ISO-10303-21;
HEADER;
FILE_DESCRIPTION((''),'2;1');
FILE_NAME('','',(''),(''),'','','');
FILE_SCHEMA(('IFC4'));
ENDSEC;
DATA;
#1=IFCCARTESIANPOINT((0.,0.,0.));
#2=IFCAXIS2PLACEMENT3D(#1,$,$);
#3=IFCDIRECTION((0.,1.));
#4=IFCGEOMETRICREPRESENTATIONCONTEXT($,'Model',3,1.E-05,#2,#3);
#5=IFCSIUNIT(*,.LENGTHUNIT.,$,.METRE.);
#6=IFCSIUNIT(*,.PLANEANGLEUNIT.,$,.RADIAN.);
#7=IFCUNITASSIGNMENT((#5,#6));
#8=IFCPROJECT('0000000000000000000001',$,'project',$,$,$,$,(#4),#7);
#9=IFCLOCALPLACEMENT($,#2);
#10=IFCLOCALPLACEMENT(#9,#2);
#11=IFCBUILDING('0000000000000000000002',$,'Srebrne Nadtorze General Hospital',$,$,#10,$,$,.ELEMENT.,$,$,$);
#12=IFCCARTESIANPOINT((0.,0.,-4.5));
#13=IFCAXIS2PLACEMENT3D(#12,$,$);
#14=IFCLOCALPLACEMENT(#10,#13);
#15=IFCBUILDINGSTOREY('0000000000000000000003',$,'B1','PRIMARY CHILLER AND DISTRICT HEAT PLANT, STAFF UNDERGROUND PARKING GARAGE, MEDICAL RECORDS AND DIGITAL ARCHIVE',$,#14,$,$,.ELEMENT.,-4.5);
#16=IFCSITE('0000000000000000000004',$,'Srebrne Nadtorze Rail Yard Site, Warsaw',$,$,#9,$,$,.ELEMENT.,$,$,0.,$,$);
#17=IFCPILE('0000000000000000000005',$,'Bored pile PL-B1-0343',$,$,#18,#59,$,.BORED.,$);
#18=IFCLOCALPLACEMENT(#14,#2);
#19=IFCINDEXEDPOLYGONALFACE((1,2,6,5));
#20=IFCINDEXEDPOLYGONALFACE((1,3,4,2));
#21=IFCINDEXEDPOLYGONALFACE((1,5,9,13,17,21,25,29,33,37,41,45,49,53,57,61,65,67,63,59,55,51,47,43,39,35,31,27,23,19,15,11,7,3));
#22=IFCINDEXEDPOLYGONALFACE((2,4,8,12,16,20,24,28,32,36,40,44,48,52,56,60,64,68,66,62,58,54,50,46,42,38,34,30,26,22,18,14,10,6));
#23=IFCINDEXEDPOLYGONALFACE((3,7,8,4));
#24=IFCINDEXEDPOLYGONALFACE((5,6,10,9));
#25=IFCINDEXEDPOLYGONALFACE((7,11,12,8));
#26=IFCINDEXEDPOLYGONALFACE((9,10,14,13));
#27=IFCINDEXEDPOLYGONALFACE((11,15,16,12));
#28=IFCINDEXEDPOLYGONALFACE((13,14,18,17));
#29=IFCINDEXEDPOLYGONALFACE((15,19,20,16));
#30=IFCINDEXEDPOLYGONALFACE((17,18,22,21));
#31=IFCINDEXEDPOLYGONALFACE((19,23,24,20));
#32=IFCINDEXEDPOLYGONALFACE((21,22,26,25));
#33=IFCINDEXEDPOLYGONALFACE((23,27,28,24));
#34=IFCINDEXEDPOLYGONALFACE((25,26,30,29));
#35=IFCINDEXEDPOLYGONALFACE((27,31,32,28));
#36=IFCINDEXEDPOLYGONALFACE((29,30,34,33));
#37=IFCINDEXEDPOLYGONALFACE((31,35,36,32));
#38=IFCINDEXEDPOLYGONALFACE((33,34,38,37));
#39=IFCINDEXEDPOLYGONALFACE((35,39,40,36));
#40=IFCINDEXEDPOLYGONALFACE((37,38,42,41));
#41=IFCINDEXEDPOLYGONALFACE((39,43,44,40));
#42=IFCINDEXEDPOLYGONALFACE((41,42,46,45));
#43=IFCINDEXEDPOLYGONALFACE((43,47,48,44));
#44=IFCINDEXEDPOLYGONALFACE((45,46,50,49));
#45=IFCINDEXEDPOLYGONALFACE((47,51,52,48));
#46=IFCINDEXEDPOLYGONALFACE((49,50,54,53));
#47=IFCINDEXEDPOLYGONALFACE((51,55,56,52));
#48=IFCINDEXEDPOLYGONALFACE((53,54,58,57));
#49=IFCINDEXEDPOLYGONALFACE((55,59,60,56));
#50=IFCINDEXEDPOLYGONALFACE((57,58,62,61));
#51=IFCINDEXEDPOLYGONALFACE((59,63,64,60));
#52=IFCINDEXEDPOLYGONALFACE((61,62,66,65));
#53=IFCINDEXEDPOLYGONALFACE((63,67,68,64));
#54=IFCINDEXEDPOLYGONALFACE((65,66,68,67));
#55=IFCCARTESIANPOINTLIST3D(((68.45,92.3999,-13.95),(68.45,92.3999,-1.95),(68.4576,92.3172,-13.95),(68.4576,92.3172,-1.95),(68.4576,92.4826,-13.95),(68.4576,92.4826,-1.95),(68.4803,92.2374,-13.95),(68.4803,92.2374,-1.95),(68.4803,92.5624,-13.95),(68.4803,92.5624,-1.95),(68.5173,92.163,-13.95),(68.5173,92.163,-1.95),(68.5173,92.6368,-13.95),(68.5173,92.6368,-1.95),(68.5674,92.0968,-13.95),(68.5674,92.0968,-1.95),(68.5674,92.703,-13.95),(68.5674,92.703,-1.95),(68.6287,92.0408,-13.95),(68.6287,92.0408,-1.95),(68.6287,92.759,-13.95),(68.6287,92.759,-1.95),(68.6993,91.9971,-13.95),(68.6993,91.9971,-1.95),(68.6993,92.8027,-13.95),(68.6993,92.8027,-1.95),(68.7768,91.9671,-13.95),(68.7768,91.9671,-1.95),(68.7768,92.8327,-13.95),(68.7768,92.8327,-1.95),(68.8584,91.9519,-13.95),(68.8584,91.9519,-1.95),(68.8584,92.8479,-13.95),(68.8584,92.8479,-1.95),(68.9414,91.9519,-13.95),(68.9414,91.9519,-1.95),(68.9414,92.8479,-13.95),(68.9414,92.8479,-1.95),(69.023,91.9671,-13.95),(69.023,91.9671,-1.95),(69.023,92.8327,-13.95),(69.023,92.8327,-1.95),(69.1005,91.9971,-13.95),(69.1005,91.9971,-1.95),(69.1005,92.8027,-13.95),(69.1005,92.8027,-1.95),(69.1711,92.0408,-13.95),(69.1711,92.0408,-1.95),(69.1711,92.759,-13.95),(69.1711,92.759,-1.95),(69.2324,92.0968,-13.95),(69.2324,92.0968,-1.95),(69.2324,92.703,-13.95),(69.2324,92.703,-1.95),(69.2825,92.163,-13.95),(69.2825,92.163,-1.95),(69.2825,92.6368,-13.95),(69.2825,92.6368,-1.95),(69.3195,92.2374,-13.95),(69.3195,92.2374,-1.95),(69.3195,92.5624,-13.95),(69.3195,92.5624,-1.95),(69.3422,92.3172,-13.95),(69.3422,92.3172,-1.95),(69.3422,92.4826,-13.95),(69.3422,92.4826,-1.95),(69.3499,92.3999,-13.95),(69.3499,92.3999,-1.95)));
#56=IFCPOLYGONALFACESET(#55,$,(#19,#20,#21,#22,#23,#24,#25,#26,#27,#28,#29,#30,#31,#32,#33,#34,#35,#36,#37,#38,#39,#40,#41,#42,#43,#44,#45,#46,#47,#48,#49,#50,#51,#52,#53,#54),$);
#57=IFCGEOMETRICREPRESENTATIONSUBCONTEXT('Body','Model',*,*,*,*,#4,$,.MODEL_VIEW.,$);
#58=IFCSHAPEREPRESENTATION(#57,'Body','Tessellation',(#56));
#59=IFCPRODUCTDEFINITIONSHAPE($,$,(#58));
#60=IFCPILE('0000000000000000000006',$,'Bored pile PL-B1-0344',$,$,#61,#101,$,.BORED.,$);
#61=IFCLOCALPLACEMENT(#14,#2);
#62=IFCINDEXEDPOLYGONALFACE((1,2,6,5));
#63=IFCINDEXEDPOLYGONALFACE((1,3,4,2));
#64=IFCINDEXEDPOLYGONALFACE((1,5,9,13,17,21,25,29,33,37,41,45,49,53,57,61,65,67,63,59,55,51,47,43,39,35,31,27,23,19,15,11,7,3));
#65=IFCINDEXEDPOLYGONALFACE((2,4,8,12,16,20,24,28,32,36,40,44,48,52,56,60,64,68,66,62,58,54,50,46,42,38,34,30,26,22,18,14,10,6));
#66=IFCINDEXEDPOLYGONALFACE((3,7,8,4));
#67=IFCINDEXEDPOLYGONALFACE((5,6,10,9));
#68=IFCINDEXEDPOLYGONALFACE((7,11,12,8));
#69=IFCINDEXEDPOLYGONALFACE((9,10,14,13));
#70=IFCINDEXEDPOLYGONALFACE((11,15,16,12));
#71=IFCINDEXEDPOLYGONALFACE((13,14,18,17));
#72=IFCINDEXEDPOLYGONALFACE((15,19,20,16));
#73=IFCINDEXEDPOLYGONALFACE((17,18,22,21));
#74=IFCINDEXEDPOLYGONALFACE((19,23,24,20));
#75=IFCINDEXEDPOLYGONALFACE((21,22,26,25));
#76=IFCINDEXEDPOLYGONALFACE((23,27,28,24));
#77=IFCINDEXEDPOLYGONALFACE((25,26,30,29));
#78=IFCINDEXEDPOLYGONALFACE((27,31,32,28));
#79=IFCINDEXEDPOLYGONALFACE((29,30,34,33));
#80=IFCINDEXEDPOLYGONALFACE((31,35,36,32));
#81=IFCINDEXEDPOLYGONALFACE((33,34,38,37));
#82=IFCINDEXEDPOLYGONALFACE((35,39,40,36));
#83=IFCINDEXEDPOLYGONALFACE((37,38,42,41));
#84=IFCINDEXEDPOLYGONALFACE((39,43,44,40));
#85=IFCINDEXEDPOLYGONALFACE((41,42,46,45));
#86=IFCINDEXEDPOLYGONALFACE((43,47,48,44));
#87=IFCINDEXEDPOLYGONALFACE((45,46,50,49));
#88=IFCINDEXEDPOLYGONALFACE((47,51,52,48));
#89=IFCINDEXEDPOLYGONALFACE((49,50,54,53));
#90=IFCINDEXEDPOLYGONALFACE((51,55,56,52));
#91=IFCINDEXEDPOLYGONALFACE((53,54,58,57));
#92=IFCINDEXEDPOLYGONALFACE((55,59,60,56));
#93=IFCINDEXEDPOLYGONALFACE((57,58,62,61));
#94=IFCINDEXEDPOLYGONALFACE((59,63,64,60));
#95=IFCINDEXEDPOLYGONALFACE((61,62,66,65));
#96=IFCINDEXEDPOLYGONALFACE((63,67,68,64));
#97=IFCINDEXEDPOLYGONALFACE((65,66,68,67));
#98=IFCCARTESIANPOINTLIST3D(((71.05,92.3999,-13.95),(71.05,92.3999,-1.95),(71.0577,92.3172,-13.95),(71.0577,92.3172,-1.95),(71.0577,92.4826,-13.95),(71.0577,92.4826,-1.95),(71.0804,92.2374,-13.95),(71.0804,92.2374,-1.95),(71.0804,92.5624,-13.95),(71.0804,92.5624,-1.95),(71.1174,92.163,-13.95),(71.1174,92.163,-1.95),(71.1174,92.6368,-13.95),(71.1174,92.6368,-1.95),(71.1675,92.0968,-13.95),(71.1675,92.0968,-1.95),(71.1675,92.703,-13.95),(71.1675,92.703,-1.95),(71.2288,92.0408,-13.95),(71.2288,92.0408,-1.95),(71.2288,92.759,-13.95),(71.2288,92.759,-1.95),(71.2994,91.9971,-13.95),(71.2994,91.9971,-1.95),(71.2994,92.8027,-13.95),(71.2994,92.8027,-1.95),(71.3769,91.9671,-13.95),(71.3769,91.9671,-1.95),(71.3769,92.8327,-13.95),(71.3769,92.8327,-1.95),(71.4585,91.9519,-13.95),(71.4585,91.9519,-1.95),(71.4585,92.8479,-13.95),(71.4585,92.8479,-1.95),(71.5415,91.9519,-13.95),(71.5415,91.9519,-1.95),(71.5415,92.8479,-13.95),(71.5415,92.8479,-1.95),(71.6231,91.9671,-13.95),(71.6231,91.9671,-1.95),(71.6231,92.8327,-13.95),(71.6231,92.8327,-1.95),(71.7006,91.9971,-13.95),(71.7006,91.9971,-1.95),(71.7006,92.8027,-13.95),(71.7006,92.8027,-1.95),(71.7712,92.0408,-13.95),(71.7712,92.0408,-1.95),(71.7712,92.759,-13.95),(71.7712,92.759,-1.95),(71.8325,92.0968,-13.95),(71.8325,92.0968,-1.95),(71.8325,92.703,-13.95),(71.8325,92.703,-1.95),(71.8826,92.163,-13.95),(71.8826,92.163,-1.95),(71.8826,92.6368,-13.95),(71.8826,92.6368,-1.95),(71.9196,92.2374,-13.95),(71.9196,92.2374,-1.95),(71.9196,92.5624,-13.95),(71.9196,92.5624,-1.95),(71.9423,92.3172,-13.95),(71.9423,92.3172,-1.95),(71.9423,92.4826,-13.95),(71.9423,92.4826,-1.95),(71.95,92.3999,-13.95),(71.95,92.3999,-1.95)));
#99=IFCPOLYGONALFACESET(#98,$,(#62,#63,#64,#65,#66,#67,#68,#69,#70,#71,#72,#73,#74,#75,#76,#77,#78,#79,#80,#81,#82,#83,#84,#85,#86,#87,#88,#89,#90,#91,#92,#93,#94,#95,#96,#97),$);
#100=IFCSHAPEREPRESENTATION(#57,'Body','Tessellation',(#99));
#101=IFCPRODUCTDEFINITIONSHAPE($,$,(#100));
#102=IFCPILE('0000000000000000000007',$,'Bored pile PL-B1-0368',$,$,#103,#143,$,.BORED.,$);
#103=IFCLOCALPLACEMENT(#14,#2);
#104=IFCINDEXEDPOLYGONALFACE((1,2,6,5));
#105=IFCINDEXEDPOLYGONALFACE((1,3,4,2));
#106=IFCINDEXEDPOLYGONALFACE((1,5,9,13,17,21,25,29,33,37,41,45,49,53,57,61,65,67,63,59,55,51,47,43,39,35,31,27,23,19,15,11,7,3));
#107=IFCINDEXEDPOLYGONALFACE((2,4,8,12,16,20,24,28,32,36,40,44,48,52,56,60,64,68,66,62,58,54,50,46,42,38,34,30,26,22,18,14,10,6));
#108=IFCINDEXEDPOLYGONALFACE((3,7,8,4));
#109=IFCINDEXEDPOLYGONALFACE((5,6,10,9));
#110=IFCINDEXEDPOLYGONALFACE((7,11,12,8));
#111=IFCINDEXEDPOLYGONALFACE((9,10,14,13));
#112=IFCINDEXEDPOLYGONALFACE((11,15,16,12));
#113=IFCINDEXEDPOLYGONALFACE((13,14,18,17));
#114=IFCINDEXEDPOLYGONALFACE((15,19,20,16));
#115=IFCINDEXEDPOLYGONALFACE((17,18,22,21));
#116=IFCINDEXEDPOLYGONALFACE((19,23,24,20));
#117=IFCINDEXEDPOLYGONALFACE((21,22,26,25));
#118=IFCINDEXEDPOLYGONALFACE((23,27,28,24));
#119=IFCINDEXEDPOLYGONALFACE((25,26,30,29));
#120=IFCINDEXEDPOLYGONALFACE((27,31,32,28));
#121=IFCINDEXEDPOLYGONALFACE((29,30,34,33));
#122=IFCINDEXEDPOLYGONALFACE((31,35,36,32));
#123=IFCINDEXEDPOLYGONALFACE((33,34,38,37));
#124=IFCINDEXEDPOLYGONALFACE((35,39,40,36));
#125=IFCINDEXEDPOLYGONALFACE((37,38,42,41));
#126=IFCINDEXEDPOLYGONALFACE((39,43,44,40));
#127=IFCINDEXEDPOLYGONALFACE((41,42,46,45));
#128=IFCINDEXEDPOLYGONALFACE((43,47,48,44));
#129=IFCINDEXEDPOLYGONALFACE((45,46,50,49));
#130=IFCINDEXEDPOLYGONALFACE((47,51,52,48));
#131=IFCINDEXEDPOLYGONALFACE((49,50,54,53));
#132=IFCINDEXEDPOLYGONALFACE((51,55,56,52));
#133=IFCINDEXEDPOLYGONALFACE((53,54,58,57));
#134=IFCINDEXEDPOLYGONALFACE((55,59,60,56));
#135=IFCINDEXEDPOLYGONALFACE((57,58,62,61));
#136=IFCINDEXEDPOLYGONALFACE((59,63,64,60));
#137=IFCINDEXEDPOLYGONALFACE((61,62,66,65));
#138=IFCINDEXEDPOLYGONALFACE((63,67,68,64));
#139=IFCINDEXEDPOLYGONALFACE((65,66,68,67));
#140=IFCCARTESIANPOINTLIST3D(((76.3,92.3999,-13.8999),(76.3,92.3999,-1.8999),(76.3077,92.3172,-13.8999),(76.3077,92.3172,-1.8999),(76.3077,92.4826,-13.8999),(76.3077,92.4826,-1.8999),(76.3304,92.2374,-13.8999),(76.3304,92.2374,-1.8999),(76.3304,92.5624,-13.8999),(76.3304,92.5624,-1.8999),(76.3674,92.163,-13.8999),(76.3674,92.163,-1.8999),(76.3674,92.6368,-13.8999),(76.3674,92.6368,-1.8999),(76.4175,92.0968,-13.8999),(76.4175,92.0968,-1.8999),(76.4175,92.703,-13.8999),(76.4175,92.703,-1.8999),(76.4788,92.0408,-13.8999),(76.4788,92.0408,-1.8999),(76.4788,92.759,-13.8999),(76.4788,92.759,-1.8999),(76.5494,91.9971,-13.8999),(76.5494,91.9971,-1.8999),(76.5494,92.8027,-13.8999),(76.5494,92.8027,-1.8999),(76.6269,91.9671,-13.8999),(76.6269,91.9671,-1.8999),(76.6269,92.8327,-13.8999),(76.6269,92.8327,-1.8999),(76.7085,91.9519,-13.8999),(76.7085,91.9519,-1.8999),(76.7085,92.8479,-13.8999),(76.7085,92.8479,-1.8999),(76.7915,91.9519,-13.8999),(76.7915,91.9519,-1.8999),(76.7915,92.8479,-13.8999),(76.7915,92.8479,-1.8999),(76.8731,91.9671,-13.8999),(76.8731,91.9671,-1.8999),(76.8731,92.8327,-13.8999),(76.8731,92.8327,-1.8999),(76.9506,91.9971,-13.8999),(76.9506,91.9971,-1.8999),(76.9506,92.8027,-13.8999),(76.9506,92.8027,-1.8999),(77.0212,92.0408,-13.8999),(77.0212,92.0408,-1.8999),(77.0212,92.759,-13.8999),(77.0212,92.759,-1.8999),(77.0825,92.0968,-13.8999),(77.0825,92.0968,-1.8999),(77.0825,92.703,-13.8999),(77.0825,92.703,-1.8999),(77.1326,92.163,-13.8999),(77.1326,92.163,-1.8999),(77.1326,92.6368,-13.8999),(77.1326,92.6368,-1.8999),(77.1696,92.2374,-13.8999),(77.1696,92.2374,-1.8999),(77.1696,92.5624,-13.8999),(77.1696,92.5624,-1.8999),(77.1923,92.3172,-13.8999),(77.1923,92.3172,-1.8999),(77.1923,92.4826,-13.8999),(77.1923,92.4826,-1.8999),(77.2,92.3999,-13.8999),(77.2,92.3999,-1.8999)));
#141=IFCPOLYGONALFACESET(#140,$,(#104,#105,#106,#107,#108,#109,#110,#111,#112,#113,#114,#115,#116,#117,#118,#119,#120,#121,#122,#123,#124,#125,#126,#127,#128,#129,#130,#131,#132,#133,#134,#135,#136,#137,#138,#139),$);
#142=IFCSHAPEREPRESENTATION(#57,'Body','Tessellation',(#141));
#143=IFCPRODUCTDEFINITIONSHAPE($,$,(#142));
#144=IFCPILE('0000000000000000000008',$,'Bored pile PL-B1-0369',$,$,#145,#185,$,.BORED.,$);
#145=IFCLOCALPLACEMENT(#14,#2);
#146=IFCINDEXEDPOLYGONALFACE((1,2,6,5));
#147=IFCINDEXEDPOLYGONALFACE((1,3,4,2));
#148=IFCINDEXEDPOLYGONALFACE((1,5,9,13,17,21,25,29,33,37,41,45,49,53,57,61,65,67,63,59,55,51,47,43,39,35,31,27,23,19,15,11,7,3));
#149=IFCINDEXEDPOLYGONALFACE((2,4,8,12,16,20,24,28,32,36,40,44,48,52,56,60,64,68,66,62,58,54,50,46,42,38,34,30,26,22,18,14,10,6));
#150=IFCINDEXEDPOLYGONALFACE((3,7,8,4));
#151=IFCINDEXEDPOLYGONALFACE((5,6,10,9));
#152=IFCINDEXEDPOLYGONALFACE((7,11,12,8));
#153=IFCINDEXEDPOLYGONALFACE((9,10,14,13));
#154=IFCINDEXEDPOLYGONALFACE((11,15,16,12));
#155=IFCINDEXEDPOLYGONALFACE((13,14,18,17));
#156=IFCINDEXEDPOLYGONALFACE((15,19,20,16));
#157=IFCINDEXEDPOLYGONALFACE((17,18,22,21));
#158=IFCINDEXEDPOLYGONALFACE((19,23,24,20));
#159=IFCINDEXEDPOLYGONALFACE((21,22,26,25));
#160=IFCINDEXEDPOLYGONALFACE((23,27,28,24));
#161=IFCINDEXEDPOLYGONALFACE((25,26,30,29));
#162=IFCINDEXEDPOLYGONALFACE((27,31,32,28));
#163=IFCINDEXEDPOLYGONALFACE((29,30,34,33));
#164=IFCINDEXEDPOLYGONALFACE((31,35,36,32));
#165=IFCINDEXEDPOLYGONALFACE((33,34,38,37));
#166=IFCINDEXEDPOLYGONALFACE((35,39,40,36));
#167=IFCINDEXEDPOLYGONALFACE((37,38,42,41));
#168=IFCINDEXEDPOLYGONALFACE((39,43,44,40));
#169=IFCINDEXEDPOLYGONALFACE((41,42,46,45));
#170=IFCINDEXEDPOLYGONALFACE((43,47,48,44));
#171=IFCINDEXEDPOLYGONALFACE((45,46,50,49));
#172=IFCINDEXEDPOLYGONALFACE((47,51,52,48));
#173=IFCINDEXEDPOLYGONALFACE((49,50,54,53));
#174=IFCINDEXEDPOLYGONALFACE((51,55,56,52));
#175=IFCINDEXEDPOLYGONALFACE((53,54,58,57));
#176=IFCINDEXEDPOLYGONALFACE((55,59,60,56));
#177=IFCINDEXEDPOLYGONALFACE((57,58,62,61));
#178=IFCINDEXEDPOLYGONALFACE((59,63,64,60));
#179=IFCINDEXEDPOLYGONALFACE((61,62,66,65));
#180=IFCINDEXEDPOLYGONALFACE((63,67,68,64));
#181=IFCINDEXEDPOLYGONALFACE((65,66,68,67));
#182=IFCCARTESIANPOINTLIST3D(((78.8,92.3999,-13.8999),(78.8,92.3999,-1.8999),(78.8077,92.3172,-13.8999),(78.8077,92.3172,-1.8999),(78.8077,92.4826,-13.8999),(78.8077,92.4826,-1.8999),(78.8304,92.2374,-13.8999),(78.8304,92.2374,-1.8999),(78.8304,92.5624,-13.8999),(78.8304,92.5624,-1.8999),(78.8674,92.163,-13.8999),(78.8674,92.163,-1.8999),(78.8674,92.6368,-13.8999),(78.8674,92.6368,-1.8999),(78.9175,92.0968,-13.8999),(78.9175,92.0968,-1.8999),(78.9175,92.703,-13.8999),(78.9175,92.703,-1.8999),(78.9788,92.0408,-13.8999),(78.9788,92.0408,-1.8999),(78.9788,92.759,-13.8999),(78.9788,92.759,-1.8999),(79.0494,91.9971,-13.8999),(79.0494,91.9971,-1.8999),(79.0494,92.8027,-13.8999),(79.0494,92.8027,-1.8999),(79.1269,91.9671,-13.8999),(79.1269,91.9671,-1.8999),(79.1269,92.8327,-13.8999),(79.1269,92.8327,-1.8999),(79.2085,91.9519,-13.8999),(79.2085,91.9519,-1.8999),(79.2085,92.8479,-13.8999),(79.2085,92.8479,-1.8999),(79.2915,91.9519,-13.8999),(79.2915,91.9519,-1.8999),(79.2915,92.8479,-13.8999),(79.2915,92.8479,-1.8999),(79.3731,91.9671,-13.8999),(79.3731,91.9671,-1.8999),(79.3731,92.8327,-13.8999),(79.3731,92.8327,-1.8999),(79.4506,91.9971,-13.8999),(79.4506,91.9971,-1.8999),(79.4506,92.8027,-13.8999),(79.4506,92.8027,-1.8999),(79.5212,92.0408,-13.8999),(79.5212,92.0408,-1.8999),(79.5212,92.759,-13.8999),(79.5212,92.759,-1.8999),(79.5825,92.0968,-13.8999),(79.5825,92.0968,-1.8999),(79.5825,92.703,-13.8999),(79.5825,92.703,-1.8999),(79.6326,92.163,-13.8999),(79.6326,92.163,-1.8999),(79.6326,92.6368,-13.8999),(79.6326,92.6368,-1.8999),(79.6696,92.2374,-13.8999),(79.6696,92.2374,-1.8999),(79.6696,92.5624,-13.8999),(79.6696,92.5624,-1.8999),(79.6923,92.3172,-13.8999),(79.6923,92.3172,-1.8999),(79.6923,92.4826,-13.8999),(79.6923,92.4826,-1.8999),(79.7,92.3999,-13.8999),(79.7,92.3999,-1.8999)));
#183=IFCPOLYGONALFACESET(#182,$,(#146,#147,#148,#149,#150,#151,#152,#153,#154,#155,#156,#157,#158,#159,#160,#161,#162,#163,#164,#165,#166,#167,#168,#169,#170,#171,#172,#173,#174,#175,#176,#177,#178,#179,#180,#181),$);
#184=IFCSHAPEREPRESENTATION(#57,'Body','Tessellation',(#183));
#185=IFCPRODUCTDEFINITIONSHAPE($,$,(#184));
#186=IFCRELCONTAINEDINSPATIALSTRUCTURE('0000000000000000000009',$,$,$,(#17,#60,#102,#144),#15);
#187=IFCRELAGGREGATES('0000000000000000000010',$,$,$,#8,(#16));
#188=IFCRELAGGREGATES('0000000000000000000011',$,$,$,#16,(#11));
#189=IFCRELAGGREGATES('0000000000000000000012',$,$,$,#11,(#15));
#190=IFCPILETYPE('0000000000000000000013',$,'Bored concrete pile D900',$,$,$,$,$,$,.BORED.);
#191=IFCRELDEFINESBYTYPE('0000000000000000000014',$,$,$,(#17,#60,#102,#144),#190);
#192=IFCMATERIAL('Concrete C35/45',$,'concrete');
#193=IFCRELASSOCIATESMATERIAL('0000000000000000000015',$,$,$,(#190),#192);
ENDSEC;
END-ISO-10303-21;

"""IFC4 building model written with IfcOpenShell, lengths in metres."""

from ifc_helpers import new_model, si_unit, direction, frame, origin, origin_2d, place, context, subcontext, project, spatial, circle, extrude, material, material_profile, profile_set, type_object, element, save


model = new_model("IFC4")

# Units and contexts
model_context = context("Model", 3, precision=1e-05, world=origin(), true_north=direction((0.0, 1.0)))
body_context = subcontext(model_context, "Body", "Model", "MODEL_VIEW")
ifc_project = project(units=[si_unit("LENGTHUNIT", "METRE"), si_unit("PLANEANGLEUNIT", "RADIAN")], contexts=[model_context])

# Site, building, storey
site_placement = place(None, origin())
site = spatial("IfcSite", under=ifc_project, at=site_placement, Name="Srebrne Nadtorze Rail Yard Site, Warsaw", CompositionType="ELEMENT", RefElevation=0.0)
building_placement = place(site_placement, origin())
building = spatial("IfcBuilding", under=site, at=building_placement, Name="Srebrne Nadtorze General Hospital", CompositionType="ELEMENT")
storey_placement = place(building_placement, frame((0.0, 0.0, -4.5)))
storey = spatial("IfcBuildingStorey", under=building, at=storey_placement, Name="B1", Description="PRIMARY CHILLER AND DISTRICT HEAT PLANT, STAFF UNDERGROUND PARKING GARAGE, MEDICAL RECORDS AND DIGITAL ARCHIVE", CompositionType="ELEMENT", Elevation=-4.5)

# Piles
ifc_material_1 = material(Name="Concrete C35/45", Category="concrete")
ifc_material_profile_1 = material_profile(ifc_material_1, circle(Radius=0.45, at=origin_2d()), Name="PILE-D900")
ifc_profile_set_1 = profile_set([ifc_material_profile_1], Name="Concrete C35/45")
pile_type_1 = type_object("IfcPileType", Name="Bored concrete pile D900", PredefinedType="BORED", material=ifc_profile_set_1)
for number, where, z_axis, x_axis, name in (
    (1, (68.8999, 92.3999, -1.95), (0.0, 0.0, -1.0), (1.0, 0.0, 0.0), "Bored pile PL-B1-0343"),
    (2, (71.5, 92.3999, -1.95), (0.0, 0.0, -1.0), (1.0, 0.0, 0.0), "Bored pile PL-B1-0344"),
    (3, (76.75, 92.3999, -1.8999), (0.0, 0.0, -1.0), (1.0, 0.0, 0.0), "Bored pile PL-B1-0368"),
    (4, (79.25, 92.3999, -1.8999), (0.0, 0.0, -1.0), (1.0, 0.0, 0.0), "Bored pile PL-B1-0369"),
):
    element("IfcPile", number, at=place(storey_placement, frame(where, z_axis=z_axis, x_axis=x_axis)), inside=storey, type_object=pile_type_1, Name=name, PredefinedType="BORED", context=body_context, shape_type="SweptSolid", body=[
        extrude(circle(Radius=0.45, at=origin_2d()), origin(), (0.0, 0.0, 1.0), 12.0),
    ])

save(model, "model.ifc")
